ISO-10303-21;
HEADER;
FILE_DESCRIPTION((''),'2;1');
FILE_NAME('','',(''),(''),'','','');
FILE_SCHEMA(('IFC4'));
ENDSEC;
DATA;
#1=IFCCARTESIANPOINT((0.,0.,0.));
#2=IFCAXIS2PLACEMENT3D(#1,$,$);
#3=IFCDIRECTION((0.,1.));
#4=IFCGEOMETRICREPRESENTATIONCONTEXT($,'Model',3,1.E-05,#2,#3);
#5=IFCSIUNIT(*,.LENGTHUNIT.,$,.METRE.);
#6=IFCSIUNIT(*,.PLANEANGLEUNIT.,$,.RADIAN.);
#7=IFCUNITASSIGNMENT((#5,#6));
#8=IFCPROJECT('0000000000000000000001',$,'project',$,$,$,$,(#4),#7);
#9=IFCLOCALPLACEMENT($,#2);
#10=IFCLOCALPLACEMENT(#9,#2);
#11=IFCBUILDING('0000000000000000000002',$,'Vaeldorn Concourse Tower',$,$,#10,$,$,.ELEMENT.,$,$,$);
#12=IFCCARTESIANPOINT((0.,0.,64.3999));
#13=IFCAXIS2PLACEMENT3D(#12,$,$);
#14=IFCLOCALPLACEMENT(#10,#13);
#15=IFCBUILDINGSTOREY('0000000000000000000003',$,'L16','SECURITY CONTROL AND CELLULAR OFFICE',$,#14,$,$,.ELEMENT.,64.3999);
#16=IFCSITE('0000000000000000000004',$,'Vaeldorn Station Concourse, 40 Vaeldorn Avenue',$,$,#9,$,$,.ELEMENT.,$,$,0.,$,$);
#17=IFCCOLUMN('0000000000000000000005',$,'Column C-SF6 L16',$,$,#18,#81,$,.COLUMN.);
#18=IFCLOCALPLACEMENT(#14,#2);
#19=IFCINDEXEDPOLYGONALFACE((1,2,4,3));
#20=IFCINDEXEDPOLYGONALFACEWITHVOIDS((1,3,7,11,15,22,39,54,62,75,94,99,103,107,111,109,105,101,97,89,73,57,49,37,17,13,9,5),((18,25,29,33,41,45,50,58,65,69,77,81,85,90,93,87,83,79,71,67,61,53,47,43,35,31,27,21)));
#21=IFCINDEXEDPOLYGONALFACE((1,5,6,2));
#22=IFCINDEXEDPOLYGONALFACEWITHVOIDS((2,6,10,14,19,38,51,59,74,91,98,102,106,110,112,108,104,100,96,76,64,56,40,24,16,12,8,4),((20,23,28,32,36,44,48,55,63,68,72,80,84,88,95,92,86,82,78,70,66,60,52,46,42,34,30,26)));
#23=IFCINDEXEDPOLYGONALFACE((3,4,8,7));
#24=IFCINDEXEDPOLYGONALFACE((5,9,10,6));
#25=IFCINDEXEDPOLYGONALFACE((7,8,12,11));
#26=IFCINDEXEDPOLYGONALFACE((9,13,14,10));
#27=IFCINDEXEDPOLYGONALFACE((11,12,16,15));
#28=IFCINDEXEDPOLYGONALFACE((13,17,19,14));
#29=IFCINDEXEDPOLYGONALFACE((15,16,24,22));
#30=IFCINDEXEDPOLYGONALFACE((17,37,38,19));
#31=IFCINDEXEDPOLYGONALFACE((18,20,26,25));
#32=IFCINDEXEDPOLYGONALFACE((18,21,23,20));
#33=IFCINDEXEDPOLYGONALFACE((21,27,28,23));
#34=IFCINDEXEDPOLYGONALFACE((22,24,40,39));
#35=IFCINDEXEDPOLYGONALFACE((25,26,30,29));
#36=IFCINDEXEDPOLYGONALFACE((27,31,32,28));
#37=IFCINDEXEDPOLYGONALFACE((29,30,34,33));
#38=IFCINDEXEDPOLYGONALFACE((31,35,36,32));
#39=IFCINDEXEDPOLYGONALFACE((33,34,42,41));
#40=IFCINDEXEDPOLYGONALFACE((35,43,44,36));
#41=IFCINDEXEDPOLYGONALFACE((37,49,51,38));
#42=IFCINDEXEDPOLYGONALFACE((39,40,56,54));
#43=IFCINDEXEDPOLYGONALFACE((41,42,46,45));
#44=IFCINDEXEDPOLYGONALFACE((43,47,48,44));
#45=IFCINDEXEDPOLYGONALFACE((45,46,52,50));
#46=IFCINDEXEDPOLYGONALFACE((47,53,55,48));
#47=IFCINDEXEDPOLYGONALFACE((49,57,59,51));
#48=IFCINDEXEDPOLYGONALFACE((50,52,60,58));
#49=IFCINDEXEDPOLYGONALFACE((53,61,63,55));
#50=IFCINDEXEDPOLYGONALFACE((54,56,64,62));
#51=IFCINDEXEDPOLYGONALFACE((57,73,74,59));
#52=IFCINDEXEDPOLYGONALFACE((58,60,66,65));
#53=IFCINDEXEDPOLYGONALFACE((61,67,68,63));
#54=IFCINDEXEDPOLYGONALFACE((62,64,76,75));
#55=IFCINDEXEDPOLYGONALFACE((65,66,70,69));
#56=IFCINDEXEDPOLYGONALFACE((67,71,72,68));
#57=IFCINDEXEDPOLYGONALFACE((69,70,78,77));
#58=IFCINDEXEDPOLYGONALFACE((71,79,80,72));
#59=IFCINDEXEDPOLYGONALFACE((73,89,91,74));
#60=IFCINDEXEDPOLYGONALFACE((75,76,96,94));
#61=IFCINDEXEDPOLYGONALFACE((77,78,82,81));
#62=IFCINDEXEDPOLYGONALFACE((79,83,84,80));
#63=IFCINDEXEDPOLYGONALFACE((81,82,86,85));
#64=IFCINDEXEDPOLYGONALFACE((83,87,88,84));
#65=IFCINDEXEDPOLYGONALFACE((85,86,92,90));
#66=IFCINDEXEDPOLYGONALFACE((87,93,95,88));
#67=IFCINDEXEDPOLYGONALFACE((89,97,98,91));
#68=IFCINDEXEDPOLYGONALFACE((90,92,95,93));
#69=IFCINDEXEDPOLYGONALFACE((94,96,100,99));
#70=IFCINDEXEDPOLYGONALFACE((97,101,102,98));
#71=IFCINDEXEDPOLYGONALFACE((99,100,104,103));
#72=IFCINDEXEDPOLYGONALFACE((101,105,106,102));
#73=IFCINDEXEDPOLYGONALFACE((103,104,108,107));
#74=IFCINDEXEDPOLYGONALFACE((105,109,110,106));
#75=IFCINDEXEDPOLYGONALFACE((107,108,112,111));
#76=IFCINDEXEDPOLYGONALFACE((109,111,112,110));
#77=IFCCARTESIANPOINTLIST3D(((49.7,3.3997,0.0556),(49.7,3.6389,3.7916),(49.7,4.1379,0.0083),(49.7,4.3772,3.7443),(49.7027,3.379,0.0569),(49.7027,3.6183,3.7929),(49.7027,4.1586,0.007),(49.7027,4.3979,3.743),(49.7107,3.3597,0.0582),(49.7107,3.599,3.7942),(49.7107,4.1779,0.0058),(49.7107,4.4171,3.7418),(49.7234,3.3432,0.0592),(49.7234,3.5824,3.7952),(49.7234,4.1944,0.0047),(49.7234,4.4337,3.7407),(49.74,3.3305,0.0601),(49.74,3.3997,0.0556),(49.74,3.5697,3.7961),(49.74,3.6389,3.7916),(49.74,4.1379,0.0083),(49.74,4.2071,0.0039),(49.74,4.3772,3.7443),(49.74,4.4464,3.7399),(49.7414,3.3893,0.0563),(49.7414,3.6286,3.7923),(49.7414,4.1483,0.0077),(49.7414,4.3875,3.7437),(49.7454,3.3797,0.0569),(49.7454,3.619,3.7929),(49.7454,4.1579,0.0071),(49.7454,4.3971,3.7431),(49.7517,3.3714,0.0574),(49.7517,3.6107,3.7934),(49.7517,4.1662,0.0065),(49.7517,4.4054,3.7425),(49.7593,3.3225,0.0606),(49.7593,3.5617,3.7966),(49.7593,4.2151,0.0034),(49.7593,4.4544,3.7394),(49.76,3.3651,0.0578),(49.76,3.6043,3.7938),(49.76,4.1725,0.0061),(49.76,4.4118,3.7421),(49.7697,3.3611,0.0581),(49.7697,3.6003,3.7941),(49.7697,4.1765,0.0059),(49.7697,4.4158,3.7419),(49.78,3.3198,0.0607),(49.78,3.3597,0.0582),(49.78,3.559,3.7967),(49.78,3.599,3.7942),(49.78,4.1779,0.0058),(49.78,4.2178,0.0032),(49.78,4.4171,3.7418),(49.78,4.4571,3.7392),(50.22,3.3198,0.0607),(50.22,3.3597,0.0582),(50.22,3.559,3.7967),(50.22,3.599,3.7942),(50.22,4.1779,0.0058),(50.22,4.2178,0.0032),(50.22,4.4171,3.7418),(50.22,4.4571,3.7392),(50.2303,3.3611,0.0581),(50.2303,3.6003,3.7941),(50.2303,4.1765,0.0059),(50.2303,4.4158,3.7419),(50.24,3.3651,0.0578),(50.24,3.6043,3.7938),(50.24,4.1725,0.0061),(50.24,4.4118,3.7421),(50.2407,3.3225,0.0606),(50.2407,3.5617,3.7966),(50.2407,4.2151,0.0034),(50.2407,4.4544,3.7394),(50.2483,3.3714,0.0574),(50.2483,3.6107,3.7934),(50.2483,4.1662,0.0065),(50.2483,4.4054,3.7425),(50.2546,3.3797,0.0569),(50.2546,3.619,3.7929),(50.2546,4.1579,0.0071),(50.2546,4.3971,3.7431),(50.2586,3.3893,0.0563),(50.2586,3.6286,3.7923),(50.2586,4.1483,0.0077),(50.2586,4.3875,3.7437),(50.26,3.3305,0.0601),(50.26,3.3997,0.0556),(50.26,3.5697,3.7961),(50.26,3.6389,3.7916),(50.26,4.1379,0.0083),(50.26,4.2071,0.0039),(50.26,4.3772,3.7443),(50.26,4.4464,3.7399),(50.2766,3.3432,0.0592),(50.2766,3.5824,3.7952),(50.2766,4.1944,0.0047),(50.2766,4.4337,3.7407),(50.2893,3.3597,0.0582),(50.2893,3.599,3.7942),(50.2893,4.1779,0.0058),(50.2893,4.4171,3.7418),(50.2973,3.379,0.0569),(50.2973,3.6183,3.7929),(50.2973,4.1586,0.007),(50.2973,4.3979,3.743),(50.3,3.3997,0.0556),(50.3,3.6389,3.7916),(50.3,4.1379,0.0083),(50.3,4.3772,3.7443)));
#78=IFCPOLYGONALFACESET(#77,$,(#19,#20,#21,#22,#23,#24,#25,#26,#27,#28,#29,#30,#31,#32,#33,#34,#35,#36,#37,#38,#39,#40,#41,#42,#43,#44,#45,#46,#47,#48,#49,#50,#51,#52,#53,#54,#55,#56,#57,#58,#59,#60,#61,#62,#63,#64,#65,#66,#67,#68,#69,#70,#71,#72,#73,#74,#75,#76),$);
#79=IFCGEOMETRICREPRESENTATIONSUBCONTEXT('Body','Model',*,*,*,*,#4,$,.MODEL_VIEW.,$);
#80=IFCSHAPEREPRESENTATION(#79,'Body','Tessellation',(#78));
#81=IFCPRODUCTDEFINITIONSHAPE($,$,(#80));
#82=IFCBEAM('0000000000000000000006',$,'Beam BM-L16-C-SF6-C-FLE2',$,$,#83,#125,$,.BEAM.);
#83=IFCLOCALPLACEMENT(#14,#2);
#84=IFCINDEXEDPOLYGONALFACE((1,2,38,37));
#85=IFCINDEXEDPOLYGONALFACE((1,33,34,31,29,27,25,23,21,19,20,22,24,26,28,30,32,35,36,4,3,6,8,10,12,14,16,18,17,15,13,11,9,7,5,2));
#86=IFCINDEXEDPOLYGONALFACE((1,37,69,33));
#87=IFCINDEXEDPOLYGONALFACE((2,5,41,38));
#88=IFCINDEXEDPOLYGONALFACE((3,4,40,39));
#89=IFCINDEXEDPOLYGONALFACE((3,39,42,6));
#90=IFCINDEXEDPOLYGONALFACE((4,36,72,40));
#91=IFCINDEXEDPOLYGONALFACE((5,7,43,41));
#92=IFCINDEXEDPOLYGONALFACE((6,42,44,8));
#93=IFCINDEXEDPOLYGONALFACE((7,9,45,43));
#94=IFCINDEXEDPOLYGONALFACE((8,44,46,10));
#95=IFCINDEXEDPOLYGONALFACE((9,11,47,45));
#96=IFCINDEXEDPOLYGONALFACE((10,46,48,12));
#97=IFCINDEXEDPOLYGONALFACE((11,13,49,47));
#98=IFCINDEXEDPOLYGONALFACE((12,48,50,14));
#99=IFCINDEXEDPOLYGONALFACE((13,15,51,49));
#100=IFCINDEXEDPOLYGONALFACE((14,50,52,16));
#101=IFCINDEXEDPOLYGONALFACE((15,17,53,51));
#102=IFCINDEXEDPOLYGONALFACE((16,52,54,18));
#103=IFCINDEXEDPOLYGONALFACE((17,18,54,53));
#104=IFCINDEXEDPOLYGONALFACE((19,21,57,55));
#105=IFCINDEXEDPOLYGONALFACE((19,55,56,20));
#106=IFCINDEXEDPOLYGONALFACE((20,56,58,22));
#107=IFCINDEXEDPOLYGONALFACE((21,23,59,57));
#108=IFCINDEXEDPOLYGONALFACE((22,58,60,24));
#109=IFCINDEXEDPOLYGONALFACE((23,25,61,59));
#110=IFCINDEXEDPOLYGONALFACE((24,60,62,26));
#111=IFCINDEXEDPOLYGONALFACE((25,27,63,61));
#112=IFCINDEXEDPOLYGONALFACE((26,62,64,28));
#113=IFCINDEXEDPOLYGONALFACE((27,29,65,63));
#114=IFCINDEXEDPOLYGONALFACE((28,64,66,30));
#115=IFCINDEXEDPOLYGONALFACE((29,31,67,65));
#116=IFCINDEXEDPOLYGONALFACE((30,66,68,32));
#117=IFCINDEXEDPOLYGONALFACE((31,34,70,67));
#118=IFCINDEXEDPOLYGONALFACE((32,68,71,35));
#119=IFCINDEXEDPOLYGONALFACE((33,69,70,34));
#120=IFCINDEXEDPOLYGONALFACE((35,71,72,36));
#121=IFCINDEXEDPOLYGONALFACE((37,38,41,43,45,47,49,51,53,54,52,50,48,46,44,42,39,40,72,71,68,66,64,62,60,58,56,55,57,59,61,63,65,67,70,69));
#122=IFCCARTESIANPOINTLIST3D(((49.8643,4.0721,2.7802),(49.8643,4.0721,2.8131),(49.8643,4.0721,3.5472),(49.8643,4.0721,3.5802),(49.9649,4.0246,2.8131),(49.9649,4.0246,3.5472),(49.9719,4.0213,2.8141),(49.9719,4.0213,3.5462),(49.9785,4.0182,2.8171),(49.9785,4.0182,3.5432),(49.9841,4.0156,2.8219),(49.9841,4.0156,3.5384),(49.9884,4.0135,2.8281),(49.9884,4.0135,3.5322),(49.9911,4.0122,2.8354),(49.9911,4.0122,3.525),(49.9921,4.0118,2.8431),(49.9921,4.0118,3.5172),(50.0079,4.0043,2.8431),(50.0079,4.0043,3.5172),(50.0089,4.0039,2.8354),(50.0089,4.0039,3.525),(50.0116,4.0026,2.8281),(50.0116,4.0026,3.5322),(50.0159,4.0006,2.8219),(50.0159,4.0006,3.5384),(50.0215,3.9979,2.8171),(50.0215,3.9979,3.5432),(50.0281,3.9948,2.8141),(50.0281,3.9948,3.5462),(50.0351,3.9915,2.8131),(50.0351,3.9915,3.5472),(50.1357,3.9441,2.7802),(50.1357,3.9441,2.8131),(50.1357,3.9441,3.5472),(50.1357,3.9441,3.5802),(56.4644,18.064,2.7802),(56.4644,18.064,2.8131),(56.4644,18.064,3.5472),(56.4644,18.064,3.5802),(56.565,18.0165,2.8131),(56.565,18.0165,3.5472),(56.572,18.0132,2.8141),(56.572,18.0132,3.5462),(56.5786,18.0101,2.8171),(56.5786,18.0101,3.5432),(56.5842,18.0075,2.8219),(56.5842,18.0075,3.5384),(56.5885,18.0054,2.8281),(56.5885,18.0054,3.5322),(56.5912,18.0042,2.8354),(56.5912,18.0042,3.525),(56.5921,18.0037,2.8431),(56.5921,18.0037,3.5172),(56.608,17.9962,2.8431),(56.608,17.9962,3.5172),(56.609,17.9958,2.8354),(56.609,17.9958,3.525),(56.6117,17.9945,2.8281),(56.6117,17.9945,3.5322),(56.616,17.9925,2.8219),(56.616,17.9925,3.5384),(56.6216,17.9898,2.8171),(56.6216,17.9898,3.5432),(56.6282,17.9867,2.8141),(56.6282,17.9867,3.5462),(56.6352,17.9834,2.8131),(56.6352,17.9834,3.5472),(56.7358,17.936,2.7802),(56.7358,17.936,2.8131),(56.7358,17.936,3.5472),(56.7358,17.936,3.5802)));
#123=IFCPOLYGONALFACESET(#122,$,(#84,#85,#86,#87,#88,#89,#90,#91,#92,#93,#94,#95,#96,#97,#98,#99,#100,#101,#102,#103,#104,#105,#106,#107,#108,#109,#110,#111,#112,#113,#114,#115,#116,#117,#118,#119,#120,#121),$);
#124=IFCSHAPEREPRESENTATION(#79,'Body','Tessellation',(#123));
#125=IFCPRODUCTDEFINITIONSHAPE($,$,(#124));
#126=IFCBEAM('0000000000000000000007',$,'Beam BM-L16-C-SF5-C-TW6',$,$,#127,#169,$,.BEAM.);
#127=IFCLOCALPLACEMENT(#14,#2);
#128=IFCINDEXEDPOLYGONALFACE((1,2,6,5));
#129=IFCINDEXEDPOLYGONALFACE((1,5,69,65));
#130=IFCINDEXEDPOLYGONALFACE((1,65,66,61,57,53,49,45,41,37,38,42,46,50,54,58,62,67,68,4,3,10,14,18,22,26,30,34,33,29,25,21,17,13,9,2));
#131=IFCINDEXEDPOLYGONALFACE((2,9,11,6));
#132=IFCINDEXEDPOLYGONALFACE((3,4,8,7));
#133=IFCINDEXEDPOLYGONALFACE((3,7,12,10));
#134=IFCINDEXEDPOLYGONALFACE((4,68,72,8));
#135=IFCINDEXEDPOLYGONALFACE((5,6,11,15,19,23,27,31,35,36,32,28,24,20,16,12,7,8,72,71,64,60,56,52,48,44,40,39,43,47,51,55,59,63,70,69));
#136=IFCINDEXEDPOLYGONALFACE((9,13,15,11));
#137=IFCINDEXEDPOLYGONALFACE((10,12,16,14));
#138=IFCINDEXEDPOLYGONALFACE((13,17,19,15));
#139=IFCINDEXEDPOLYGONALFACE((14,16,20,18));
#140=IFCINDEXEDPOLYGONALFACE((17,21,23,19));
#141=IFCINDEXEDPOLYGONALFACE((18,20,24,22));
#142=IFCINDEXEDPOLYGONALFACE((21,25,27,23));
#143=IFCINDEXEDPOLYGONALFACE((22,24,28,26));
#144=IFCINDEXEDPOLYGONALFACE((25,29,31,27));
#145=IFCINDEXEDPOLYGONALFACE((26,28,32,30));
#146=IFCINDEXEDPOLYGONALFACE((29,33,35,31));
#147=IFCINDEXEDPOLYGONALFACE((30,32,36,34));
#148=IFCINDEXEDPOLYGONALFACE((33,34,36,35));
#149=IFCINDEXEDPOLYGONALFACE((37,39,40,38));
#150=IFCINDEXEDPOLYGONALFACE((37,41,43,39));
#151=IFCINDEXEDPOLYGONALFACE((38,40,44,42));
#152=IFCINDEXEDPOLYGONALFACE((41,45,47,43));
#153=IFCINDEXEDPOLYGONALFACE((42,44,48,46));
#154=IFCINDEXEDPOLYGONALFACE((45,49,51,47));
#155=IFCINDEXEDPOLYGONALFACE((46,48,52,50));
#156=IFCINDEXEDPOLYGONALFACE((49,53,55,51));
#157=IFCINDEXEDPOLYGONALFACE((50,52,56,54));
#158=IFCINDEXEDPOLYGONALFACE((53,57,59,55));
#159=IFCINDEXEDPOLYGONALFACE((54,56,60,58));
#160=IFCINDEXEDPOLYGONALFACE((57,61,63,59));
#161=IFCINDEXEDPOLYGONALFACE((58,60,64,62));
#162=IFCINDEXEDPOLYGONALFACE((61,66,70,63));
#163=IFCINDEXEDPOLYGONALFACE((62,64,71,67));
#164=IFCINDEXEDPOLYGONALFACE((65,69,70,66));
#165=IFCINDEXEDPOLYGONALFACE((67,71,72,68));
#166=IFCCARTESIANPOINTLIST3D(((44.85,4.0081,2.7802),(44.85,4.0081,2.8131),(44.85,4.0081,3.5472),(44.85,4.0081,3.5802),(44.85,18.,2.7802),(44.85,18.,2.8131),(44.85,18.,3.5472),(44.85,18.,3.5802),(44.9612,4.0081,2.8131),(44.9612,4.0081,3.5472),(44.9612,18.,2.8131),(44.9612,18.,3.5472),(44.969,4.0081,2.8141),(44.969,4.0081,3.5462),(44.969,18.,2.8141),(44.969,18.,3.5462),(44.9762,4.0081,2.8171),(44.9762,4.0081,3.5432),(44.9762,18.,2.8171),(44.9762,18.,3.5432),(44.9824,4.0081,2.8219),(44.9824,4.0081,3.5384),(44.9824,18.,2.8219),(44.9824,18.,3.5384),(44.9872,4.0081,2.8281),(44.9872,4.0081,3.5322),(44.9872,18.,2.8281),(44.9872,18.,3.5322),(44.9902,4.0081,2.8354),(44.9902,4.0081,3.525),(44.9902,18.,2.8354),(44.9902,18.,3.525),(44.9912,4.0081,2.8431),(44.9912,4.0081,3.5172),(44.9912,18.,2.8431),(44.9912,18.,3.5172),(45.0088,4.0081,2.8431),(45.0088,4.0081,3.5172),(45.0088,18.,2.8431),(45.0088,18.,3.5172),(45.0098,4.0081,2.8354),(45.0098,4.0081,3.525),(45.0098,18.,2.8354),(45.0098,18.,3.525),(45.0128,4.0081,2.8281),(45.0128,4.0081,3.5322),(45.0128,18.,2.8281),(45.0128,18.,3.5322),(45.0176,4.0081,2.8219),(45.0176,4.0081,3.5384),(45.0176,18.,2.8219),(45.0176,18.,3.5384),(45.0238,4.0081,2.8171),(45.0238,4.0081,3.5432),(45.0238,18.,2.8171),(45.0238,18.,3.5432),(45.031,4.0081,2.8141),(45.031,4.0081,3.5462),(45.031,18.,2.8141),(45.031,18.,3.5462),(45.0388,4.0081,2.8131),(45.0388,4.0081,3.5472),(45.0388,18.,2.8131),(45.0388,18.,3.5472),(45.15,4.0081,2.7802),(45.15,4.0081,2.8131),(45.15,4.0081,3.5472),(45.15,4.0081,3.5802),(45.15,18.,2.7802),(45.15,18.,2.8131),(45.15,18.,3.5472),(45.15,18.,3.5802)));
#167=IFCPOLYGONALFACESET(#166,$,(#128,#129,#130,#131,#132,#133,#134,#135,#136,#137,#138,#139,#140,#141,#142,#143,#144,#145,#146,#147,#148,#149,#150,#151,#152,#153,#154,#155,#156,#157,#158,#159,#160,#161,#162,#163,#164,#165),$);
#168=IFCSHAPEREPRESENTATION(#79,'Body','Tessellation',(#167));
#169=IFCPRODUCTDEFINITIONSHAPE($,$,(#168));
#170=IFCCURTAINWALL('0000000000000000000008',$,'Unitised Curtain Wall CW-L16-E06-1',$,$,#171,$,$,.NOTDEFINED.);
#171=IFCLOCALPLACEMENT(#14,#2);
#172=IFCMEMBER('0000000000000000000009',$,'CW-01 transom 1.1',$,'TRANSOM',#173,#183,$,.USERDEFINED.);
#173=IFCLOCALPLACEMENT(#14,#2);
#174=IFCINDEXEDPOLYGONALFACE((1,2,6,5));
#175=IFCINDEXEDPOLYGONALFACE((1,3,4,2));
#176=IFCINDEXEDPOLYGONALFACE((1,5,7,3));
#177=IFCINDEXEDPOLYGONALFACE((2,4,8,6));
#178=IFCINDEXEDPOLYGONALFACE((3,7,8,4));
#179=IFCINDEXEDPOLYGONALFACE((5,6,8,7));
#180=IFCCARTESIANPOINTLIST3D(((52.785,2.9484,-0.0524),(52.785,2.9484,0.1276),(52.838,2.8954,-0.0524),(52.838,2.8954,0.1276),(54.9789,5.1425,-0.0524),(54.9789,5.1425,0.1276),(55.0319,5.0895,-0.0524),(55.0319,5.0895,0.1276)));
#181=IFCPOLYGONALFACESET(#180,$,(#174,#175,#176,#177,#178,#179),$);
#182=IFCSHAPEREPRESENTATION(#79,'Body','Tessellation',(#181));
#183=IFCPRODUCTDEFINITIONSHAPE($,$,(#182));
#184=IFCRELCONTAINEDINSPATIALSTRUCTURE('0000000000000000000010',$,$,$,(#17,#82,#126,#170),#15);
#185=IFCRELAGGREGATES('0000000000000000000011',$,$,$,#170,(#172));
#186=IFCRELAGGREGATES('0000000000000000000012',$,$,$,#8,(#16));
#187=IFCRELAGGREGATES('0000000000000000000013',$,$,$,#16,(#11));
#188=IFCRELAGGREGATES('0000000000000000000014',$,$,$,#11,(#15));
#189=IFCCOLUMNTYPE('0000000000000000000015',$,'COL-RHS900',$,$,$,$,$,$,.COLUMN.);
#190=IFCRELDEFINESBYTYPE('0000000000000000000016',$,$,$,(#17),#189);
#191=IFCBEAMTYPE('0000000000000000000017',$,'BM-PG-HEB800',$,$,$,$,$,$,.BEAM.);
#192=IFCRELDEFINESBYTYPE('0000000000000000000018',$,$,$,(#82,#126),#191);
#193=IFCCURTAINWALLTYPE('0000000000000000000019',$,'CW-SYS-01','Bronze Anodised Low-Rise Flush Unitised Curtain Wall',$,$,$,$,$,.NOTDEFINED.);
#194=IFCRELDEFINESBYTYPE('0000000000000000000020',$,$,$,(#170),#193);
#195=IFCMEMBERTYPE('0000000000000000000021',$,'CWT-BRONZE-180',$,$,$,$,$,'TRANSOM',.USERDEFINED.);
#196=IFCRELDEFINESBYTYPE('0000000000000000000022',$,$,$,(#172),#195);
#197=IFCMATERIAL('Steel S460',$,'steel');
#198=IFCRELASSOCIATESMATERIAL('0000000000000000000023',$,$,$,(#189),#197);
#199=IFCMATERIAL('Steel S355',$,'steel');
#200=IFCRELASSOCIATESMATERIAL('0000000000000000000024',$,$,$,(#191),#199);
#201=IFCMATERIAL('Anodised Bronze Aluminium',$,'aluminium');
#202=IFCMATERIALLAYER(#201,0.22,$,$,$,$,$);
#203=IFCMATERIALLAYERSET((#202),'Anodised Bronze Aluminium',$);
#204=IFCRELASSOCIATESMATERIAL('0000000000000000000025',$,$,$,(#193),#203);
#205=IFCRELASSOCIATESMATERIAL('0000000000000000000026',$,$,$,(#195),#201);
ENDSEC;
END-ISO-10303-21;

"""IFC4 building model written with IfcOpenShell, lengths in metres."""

from ifc_helpers import new_model, si_unit, direction, frame, origin, origin_2d, place, context, subcontext, project, spatial, rectangle, hollow_rectangle, i_section, extrude, source, transform, mapped, material, layer, layer_set, material_profile, profile_set, type_object, element, aggregate, save


model = new_model("IFC4")

# Units and contexts
model_context = context("Model", 3, precision=1e-05, world=origin(), true_north=direction((0.0, 1.0)))
body_context = subcontext(model_context, "Body", "Model", "MODEL_VIEW")
ifc_project = project(units=[si_unit("LENGTHUNIT", "METRE"), si_unit("PLANEANGLEUNIT", "RADIAN")], contexts=[model_context])

# Site, building, storey
site_placement = place(None, origin())
site = spatial("IfcSite", under=ifc_project, at=site_placement, Name="Vaeldorn Station Concourse, 40 Vaeldorn Avenue", CompositionType="ELEMENT", RefElevation=0.0)
building_placement = place(site_placement, origin())
building = spatial("IfcBuilding", under=site, at=building_placement, Name="Vaeldorn Concourse Tower", CompositionType="ELEMENT")
storey_placement = place(building_placement, frame((0.0, 0.0, 64.3999)))
storey = spatial("IfcBuildingStorey", under=building, at=storey_placement, Name="L16", Description="SECURITY CONTROL AND CELLULAR OFFICE", CompositionType="ELEMENT", Elevation=64.3999)

# Column
ifc_material_1 = material(Name="Steel S460", Category="steel")
ifc_material_profile_1 = material_profile(ifc_material_1, hollow_rectangle(XDim=0.6001, YDim=0.8999, WallThickness=0.04, InnerFilletRadius=0.04, OuterFilletRadius=0.0801, at=origin_2d()), Name="RHS 900x600x40")
ifc_profile_set_1 = profile_set([ifc_material_profile_1], Name="Steel S460")
column_type = type_object("IfcColumnType", Name="COL-RHS900", PredefinedType="COLUMN", material=ifc_profile_set_1)
shared_shape_1 = source(origin(), body_context, "Body", "SweptSolid", [
    extrude(hollow_rectangle(XDim=0.6001, YDim=0.8999, WallThickness=0.04, InnerFilletRadius=0.04, OuterFilletRadius=0.0801, at=origin_2d()), origin(), (0.0, 0.0, 1.0), 3.7437),
])
column_placement = place(storey_placement, frame((50.0, 3.7688, 0.032), z_axis=(0.0, 0.063909, 0.997956), x_axis=(-1.0, 0.0, 0.0)))
element("IfcColumn", 1, at=column_placement, inside=storey, type_object=column_type, Name="Column C-SF6 L16", PredefinedType="COLUMN", context=body_context, shape_type="MappedRepresentation", body=[
    mapped(shared_shape_1, transform((0.0, 0.0, 0.0), scale=1.0)),
])

# Beams
ifc_material_2 = material(Name="Steel S355", Category="steel")
ifc_material_profile_2 = material_profile(ifc_material_2, i_section(OverallWidth=0.3, OverallDepth=0.8, WebThickness=0.0176, FlangeThickness=0.033, FilletRadius=0.03, at=origin_2d()), Name="HEB 800")
ifc_profile_set_2 = profile_set([ifc_material_profile_2], Name="Steel S355")
beam_type = type_object("IfcBeamType", Name="BM-PG-HEB800", PredefinedType="BEAM", material=ifc_profile_set_2)
shared_shape_2 = source(origin(), body_context, "Body", "SweptSolid", [
    extrude(i_section(OverallWidth=0.3, OverallDepth=0.8, WebThickness=0.0176, FlangeThickness=0.033, FilletRadius=0.03, at=origin_2d()), origin(), (0.0, 0.0, 1.0), 15.4705),
])
beam_1_placement = place(storey_placement, frame((50.0, 4.0081, 3.1802), z_axis=(0.426625, 0.904428, 0.0), x_axis=(-0.904428, 0.426625, 0.0)))
element("IfcBeam", 2, at=beam_1_placement, inside=storey, type_object=beam_type, Name="Beam BM-L16-C-SF6-C-FLE2", PredefinedType="BEAM", context=body_context, shape_type="MappedRepresentation", body=[
    mapped(shared_shape_2, transform((0.0, 0.0, 0.0), scale=1.0)),
])
shared_shape_3 = source(origin(), body_context, "Body", "SweptSolid", [
    extrude(i_section(OverallWidth=0.3, OverallDepth=0.8, WebThickness=0.0176, FlangeThickness=0.033, FilletRadius=0.03, at=origin_2d()), origin(), (0.0, 0.0, 1.0), 13.9919),
])
beam_2_placement = place(storey_placement, frame((45.0, 4.0081, 3.1802), z_axis=(0.0, 1.0, 0.0), x_axis=(-1.0, 0.0, 0.0)))
element("IfcBeam", 3, at=beam_2_placement, inside=storey, type_object=beam_type, Name="Beam BM-L16-C-SF5-C-TW6", PredefinedType="BEAM", context=body_context, shape_type="MappedRepresentation", body=[
    mapped(shared_shape_3, transform((0.0, 0.0, 0.0), scale=1.0)),
])

# Curtain wall, member
ifc_material_3 = material(Name="Anodised Bronze Aluminium", Category="aluminium")
ifc_layer_1 = layer(ifc_material_3, 0.22)
ifc_layer_set_1 = layer_set([ifc_layer_1], Name="Anodised Bronze Aluminium")
curtain_wall_type = type_object("IfcCurtainWallType", Name="CW-SYS-01", Description="Bronze Anodised Low-Rise Flush Unitised Curtain Wall", PredefinedType="NOTDEFINED", material=ifc_layer_set_1)
curtain_wall_1_placement = place(storey_placement, origin())
curtain_wall_1 = element("IfcCurtainWall", 4, at=curtain_wall_1_placement, inside=storey, type_object=curtain_wall_type, Name="Unitised Curtain Wall CW-L16-E06-1", PredefinedType="NOTDEFINED")
ifc_material_profile_3 = material_profile(ifc_material_3, rectangle(XDim=0.075, YDim=0.1799, at=origin_2d()), Name="CWT 75x180")
ifc_profile_set_3 = profile_set([ifc_material_profile_3], Name="Anodised Bronze Aluminium")
member_type_1 = type_object("IfcMemberType", Name="CWT-BRONZE-180", ElementType="TRANSOM", PredefinedType="USERDEFINED", material=ifc_profile_set_3)
shared_shape_4 = source(origin(), body_context, "Body", "SweptSolid", [
    extrude(rectangle(XDim=0.075, YDim=0.1799, at=origin_2d()), origin(), (0.0, 0.0, 1.0), 3.1028),
])
member_1_placement = place(storey_placement, frame((52.8115, 2.9219, 0.0376), z_axis=(0.707067, 0.707146, 0.0), x_axis=(-0.707146, 0.707067, 0.0)))
member_1 = element("IfcMember", 5, at=member_1_placement, type_object=member_type_1, Name="CW-01 transom 1.1", ObjectType="TRANSOM", PredefinedType="USERDEFINED", context=body_context, shape_type="MappedRepresentation", body=[
    mapped(shared_shape_4, transform((0.0, 0.0, 0.0), scale=1.0)),
])

aggregate(curtain_wall_1, [member_1])

save(model, "model.ifc")
